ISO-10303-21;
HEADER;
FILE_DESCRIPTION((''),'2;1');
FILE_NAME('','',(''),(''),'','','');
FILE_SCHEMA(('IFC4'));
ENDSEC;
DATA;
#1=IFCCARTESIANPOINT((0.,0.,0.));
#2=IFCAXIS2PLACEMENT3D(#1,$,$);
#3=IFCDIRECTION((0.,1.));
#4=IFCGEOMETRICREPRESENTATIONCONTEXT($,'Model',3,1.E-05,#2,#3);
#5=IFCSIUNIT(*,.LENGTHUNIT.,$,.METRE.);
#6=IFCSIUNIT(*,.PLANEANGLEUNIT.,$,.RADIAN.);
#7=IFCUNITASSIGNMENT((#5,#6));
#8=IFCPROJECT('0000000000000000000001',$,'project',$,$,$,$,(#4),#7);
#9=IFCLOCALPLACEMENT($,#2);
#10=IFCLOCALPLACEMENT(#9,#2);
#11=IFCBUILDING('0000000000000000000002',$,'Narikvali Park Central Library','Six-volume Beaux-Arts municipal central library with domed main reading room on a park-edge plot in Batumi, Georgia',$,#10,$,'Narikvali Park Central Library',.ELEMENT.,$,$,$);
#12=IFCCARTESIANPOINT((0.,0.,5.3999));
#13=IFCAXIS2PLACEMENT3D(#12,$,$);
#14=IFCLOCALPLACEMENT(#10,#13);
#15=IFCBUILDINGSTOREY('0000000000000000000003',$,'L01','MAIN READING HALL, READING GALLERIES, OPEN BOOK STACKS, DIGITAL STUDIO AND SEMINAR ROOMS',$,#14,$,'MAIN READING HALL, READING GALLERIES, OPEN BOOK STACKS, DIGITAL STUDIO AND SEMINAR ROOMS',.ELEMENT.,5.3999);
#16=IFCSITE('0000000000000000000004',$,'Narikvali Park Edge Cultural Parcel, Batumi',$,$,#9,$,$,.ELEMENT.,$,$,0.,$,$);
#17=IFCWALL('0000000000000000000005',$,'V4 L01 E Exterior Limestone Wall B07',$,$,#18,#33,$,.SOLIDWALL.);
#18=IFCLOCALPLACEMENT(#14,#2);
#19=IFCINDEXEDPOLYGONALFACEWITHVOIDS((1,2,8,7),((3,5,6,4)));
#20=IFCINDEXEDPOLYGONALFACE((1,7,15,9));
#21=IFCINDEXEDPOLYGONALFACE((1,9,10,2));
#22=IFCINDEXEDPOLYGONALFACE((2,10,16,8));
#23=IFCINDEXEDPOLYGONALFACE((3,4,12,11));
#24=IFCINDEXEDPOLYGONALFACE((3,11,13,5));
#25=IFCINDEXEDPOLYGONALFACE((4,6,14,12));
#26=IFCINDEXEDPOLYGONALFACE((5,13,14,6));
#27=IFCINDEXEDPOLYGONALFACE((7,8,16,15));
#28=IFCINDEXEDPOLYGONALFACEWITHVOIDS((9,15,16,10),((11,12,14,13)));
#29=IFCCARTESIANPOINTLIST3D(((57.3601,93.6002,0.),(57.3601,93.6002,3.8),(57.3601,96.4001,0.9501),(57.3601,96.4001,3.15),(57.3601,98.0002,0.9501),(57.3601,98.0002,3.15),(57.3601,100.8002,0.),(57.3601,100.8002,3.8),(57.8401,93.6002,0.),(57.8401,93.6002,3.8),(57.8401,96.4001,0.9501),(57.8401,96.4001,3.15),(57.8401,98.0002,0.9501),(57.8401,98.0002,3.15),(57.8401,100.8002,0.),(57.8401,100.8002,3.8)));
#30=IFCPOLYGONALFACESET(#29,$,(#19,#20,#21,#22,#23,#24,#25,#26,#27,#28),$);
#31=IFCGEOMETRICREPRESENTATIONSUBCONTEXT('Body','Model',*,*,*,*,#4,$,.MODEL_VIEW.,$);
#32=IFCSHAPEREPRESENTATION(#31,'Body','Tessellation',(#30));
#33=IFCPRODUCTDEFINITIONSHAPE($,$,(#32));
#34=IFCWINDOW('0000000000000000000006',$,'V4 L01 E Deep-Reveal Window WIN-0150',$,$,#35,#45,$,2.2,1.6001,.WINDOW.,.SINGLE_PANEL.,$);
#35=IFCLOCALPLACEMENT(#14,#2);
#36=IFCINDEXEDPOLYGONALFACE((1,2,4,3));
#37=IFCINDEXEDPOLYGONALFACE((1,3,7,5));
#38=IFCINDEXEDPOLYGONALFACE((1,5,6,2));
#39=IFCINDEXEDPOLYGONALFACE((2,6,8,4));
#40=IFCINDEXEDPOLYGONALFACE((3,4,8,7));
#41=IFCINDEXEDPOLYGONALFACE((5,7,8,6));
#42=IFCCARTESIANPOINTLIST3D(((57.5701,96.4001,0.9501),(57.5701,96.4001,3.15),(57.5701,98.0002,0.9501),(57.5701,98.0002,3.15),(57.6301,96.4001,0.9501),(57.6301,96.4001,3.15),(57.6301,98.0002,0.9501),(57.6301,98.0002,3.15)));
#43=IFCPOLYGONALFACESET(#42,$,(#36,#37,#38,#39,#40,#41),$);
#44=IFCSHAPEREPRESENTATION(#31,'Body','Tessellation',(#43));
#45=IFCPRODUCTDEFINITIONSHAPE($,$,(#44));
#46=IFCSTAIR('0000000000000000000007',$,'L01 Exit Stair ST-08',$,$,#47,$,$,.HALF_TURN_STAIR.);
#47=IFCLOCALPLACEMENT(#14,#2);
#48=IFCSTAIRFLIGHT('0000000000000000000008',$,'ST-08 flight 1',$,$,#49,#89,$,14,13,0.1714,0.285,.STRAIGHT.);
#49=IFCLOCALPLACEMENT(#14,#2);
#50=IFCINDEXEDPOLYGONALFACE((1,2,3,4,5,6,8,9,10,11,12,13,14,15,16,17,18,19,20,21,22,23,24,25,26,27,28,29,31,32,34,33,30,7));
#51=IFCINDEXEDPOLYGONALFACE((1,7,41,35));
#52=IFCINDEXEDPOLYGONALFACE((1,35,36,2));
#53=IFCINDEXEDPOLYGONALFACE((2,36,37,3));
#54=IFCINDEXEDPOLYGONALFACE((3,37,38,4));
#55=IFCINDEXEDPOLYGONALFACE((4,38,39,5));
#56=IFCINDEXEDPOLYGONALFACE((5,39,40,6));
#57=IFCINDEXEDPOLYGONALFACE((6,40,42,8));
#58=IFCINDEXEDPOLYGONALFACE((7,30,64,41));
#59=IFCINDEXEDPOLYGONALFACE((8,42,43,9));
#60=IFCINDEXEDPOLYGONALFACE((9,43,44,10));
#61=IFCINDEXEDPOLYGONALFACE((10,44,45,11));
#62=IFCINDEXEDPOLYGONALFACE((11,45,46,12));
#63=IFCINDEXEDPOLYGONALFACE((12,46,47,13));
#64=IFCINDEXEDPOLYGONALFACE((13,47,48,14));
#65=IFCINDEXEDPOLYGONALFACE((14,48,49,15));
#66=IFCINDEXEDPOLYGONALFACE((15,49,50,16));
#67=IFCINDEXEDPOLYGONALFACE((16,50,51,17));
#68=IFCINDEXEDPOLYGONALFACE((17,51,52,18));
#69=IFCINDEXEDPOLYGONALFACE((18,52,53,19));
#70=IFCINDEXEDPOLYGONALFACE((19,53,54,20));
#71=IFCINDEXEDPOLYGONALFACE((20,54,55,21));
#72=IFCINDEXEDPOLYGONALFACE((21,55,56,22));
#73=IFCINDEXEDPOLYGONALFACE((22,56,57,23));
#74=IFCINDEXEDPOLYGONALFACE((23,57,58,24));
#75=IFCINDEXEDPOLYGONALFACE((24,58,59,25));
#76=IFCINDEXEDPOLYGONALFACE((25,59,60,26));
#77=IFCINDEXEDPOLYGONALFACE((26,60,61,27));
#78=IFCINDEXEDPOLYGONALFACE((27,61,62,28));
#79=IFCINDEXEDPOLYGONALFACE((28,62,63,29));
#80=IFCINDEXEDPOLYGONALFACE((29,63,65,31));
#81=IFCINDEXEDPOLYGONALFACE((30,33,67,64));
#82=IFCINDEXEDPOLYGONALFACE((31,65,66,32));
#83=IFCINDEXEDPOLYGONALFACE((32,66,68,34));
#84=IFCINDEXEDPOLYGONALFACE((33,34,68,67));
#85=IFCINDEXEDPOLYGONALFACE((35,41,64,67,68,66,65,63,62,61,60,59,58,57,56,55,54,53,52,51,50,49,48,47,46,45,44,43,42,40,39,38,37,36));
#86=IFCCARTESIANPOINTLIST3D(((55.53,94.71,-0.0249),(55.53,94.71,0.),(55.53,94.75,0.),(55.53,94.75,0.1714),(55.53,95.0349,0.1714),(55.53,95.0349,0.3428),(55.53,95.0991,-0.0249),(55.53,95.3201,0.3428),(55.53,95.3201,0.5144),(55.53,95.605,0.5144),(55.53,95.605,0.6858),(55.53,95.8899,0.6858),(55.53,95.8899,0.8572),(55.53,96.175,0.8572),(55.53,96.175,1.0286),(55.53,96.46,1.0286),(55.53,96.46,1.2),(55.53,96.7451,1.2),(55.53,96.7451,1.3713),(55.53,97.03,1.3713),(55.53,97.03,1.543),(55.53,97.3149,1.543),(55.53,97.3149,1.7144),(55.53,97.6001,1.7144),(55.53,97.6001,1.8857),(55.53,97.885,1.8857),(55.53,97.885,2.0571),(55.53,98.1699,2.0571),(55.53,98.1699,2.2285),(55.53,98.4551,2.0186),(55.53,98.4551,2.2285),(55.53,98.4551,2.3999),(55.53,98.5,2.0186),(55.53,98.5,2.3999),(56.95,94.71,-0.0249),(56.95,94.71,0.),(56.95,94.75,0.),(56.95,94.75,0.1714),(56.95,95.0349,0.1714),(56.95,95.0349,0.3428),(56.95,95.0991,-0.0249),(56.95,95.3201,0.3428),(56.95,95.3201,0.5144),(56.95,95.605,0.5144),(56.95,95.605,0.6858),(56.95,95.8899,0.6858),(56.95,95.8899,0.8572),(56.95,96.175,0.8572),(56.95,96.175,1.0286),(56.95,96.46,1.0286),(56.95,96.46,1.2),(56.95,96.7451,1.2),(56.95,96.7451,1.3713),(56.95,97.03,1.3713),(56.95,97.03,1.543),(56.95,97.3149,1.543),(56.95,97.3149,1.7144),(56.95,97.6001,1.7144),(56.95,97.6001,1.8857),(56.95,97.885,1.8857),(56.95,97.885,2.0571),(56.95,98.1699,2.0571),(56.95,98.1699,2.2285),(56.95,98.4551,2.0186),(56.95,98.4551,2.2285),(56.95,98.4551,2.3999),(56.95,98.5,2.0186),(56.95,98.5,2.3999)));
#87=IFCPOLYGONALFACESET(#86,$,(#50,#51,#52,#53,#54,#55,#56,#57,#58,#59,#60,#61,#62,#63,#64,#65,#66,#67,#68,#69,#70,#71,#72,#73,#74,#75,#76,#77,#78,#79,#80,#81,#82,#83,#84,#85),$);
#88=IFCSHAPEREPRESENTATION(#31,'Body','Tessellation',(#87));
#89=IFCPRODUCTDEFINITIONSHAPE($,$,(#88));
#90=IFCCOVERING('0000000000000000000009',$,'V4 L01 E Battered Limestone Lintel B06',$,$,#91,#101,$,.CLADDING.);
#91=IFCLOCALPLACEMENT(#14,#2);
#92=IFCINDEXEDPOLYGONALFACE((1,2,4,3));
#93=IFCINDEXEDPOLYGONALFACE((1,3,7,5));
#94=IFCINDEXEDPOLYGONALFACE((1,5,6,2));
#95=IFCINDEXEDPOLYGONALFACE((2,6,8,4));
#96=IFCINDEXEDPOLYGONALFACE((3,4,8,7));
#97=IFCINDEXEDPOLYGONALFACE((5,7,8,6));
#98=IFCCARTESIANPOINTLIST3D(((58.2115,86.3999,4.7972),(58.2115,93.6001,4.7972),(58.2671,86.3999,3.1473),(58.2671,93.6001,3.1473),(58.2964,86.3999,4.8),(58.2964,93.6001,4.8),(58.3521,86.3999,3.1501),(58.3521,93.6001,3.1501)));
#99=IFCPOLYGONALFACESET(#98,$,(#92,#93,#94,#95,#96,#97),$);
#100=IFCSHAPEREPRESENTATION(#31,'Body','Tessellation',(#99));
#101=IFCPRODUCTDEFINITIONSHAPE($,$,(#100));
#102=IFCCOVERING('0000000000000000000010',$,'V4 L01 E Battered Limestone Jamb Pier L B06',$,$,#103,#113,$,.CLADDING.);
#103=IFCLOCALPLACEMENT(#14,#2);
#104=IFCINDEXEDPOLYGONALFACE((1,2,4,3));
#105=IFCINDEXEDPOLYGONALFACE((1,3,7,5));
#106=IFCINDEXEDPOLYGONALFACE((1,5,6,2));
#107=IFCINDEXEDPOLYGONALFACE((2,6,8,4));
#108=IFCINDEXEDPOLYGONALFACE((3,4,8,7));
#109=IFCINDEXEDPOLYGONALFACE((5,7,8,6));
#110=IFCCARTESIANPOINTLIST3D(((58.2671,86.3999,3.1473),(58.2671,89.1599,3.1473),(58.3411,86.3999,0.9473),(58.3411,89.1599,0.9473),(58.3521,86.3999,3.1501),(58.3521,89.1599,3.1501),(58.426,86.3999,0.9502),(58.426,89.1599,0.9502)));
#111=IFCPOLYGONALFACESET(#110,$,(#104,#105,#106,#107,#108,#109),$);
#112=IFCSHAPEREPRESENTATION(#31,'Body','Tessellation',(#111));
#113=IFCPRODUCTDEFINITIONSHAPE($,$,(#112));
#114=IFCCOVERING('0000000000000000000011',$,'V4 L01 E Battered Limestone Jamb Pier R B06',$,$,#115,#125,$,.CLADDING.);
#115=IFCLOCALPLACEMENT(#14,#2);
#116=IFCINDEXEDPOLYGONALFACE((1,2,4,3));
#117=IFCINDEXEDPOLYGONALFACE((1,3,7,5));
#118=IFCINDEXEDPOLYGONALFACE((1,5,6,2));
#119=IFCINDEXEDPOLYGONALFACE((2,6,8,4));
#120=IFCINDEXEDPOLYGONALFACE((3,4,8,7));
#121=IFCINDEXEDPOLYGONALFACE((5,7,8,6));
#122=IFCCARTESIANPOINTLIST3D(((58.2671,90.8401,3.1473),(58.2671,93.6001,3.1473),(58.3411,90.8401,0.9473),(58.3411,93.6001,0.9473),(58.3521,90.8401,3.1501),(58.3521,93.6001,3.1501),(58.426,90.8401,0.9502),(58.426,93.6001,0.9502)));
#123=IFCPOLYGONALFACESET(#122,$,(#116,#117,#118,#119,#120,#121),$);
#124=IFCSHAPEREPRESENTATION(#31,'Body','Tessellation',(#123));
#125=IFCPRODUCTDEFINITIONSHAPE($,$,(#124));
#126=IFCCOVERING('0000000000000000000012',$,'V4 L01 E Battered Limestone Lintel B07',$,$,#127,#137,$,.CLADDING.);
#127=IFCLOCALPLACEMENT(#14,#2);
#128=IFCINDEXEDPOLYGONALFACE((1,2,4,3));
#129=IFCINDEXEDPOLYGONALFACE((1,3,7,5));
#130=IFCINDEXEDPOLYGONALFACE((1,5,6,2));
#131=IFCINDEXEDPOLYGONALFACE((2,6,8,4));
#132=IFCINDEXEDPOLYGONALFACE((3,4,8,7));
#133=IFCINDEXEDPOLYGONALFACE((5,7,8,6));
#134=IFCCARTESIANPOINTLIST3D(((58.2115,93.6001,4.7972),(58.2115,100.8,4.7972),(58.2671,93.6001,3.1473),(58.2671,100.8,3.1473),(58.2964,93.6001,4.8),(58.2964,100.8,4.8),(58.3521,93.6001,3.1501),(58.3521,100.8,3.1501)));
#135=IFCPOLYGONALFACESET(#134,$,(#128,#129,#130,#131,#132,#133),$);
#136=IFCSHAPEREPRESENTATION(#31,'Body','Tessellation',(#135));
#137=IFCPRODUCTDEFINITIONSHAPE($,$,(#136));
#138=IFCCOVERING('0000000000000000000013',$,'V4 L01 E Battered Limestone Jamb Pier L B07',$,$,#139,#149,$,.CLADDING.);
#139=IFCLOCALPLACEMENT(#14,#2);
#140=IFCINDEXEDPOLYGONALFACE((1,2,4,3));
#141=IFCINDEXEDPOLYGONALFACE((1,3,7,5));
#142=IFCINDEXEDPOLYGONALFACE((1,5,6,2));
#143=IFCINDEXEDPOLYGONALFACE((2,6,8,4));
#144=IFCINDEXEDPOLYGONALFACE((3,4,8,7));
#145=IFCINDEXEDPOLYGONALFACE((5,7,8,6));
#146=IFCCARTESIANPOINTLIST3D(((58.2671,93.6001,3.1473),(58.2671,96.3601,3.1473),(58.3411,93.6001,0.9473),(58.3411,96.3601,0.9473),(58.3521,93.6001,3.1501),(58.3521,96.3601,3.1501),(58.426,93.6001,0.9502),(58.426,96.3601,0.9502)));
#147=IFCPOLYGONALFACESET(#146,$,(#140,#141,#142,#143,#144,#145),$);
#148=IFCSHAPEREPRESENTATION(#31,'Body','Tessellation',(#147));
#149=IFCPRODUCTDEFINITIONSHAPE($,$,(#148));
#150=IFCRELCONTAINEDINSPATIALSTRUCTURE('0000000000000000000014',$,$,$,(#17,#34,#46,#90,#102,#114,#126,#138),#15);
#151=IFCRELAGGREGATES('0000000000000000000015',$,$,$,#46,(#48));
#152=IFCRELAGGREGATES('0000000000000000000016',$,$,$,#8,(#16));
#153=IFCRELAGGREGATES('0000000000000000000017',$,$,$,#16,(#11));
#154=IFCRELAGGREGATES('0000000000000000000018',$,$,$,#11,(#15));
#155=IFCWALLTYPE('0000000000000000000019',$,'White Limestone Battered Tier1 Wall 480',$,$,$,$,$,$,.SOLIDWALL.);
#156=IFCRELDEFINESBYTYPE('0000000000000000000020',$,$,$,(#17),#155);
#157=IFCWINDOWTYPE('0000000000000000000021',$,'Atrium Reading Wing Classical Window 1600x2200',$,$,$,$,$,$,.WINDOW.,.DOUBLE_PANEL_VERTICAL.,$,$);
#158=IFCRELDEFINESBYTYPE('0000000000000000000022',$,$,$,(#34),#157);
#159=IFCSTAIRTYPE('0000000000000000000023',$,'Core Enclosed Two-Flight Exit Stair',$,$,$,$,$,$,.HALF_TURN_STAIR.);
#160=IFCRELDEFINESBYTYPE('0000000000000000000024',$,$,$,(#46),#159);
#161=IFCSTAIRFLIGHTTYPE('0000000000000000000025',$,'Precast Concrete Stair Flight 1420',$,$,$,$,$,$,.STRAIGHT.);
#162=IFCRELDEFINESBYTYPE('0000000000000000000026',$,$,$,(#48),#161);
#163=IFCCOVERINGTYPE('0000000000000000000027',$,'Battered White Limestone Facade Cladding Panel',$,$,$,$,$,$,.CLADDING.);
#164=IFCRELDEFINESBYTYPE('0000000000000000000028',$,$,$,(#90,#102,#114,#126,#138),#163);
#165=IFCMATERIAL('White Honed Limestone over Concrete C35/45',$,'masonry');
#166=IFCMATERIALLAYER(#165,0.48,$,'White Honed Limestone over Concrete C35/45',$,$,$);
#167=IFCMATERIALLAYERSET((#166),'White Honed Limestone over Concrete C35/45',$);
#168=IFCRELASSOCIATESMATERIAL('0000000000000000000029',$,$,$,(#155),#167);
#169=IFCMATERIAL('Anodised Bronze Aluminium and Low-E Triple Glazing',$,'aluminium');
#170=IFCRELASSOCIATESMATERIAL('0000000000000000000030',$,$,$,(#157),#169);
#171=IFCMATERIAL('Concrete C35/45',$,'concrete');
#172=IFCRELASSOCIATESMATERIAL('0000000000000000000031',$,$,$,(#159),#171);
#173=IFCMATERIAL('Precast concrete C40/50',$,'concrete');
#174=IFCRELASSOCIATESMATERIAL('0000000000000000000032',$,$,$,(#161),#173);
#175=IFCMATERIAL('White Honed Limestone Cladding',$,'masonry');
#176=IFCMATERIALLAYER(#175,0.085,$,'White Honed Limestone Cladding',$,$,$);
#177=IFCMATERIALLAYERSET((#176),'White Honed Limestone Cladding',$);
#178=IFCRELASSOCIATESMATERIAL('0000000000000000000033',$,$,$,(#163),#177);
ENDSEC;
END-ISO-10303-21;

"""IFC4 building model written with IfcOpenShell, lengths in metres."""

from ifc_helpers import new_model, si_unit, direction, frame, frame_2d, origin, place, context, subcontext, project, spatial, polyline, rectangle, outline, extrude, material, layer, layer_set, type_object, element, fill, aggregate, save


model = new_model("IFC4")

# Units and contexts
model_context = context("Model", 3, precision=1e-05, world=origin(), true_north=direction((0.0, 1.0)))
body_context = subcontext(model_context, "Body", "Model", "MODEL_VIEW")
ifc_project = project(units=[si_unit("LENGTHUNIT", "METRE"), si_unit("PLANEANGLEUNIT", "RADIAN")], contexts=[model_context])

# Site, building, storey
site_placement = place(None, origin())
site = spatial("IfcSite", under=ifc_project, at=site_placement, Name="Narikvali Park Edge Cultural Parcel, Batumi", CompositionType="ELEMENT", RefElevation=0.0)
building_placement = place(site_placement, origin())
building = spatial("IfcBuilding", under=site, at=building_placement, Name="Narikvali Park Central Library", Description="Six-volume Beaux-Arts municipal central library with domed main reading room on a park-edge plot in Batumi, Georgia", LongName="Narikvali Park Central Library", CompositionType="ELEMENT")
storey_placement = place(building_placement, frame((0.0, 0.0, 5.3999)))
storey = spatial("IfcBuildingStorey", under=building, at=storey_placement, Name="L01", Description="MAIN READING HALL, READING GALLERIES, OPEN BOOK STACKS, DIGITAL STUDIO AND SEMINAR ROOMS", LongName="MAIN READING HALL, READING GALLERIES, OPEN BOOK STACKS, DIGITAL STUDIO AND SEMINAR ROOMS", CompositionType="ELEMENT", Elevation=5.3999)

# Wall, opening, window
ifc_material_1 = material(Name="White Honed Limestone over Concrete C35/45", Category="masonry")
ifc_layer_1 = layer(ifc_material_1, 0.48, Name="White Honed Limestone over Concrete C35/45")
ifc_layer_set_1 = layer_set([ifc_layer_1], Name="White Honed Limestone over Concrete C35/45")
wall_type_1 = type_object("IfcWallType", Name="White Limestone Battered Tier1 Wall 480", PredefinedType="SOLIDWALL", material=ifc_layer_set_1)
ifc_material_2 = material(Name="Anodised Bronze Aluminium and Low-E Triple Glazing", Category="aluminium")
window_type = type_object("IfcWindowType", Name="Atrium Reading Wing Classical Window 1600x2200", PartitioningType="DOUBLE_PANEL_VERTICAL", PredefinedType="WINDOW", material=ifc_material_2)
wall_1_placement = place(storey_placement, frame((57.6001, 93.6001, 0.0), z_axis=(0.0, 0.0, 1.0), x_axis=(0.0, 1.0, 0.0)))
wall_1 = element("IfcWall", 1, at=wall_1_placement, inside=storey, type_object=wall_type_1, Name="V4 L01 E Exterior Limestone Wall B07", PredefinedType="SOLIDWALL", context=body_context, shape_type="SweptSolid", body=[
    extrude(rectangle(XDim=7.2, YDim=0.48, at=frame_2d((3.6001, 0.0))), origin(), (0.0, 0.0, 1.0), 3.8),
])
opening_1_placement = place(wall_1_placement, frame((2.8, 0.0, 0.95)))
opening_1 = element("IfcOpeningElement", 2, at=opening_1_placement, cuts=wall_1, PredefinedType="OPENING", context=body_context, shape_type="SweptSolid", body=[
    extrude(rectangle(XDim=1.6001, YDim=2.2, at=frame_2d((0.8, 1.1001))), frame((0.0, 0.252, 0.0), z_axis=(0.0, -1.0, 0.0), x_axis=(1.0, 0.0, 0.0)), (0.0, 0.0, 1.0), 0.5039),
])
window_1_placement = place(opening_1_placement, origin())
window_1 = element("IfcWindow", 3, at=window_1_placement, inside=storey, type_object=window_type, Name="V4 L01 E Deep-Reveal Window WIN-0150", OverallHeight=2.2, OverallWidth=1.6001, PartitioningType="SINGLE_PANEL", PredefinedType="WINDOW", context=body_context, shape_type="SweptSolid", body=[
    extrude(rectangle(XDim=1.6001, YDim=2.2, at=frame_2d((0.8, 1.1001))), frame((0.0, 0.03, 0.0), z_axis=(0.0, -1.0, 0.0), x_axis=(1.0, 0.0, 0.0)), (0.0, 0.0, 1.0), 0.0601),
])
fill(opening_1, window_1)

# Stair, stair flight
ifc_material_3 = material(Name="Concrete C35/45", Category="concrete")
stair_type = type_object("IfcStairType", Name="Core Enclosed Two-Flight Exit Stair", PredefinedType="HALF_TURN_STAIR", material=ifc_material_3)
stair_placement = place(storey_placement, origin())
stair = element("IfcStair", 4, at=stair_placement, inside=storey, type_object=stair_type, Name="L01 Exit Stair ST-08", PredefinedType="HALF_TURN_STAIR")
ifc_material_4 = material(Name="Precast concrete C40/50", Category="concrete")
stair_flight_type = type_object("IfcStairFlightType", Name="Precast Concrete Stair Flight 1420", PredefinedType="STRAIGHT", material=ifc_material_4)
stair_flight_placement = place(storey_placement, frame((56.24, 94.75, 0.0), z_axis=(0.0, 0.0, 1.0), x_axis=(0.0, 1.0, 0.0)))
stair_flight = element("IfcStairFlight", 5, at=stair_flight_placement, type_object=stair_flight_type, Name="ST-08 flight 1", NumberOfRisers=14, NumberOfTreads=13, PredefinedType="STRAIGHT", RiserHeight=0.1714, TreadLength=0.285, context=body_context, shape_type="SweptSolid", body=[
    extrude(outline(polyline([(-0.04, -0.0249), (-0.04, 0.0), (0.0, 0.0), (0.0, 0.1714), (0.2849, 0.1714), (0.2849, 0.3428), (0.5701, 0.3428), (0.5701, 0.5144), (0.855, 0.5144), (0.855, 0.6858), (1.1399, 0.6858), (1.1399, 0.8572), (1.425, 0.8572), (1.425, 1.0286), (1.71, 1.0286), (1.71, 1.2), (1.9951, 1.2), (1.9951, 1.3713), (2.28, 1.3713), (2.28, 1.543), (2.5649, 1.543), (2.5649, 1.7144), (2.8501, 1.7144), (2.8501, 1.8857), (3.135, 1.8857), (3.135, 2.0571), (3.4199, 2.0571), (3.4199, 2.2285), (3.7051, 2.2285), (3.7051, 2.3999), (3.75, 2.3999), (3.75, 2.0186), (3.7051, 2.0186), (0.3491, -0.0249), (-0.04, -0.0249)])), frame((0.0, 0.71, 0.0), z_axis=(0.0, -1.0, 0.0), x_axis=(1.0, 0.0, 0.0)), (0.0, 0.0, 1.0), 1.4199),
])
aggregate(stair, [stair_flight])

# Coverings
ifc_material_5 = material(Name="White Honed Limestone Cladding", Category="masonry")
ifc_layer_2 = layer(ifc_material_5, 0.085, Name="White Honed Limestone Cladding")
ifc_layer_set_2 = layer_set([ifc_layer_2], Name="White Honed Limestone Cladding")
covering_type = type_object("IfcCoveringType", Name="Battered White Limestone Facade Cladding Panel", PredefinedType="CLADDING", material=ifc_layer_set_2)
covering_1_placement = place(storey_placement, frame((58.3521, 86.3999, 3.1501), z_axis=(0.999431, 0.0, 0.033719), x_axis=(0.0, 1.0, 0.0)))
element("IfcCovering", 6, at=covering_1_placement, inside=storey, type_object=covering_type, Name="V4 L01 E Battered Limestone Lintel B06", PredefinedType="CLADDING", context=body_context, shape_type="SweptSolid", body=[
    extrude(outline(polyline([(0.0, 0.0), (7.2002, 0.0), (7.2002, 1.6508), (0.0, 1.6508), (0.0, 0.0)])), origin(), (0.0, 0.0, -1.0), 0.085),
])
for number, where, z_axis, x_axis, name in (
    (7, (58.426, 86.3999, 0.9502), (0.999435, 0.0, 0.033607), (0.0, 1.0, 0.0), "V4 L01 E Battered Limestone Jamb Pier L B06"),
    (8, (58.426, 90.8401, 0.9502), (0.999435, 0.0, 0.033607), (0.0, 1.0, 0.0), "V4 L01 E Battered Limestone Jamb Pier R B06"),
):
    element("IfcCovering", number, at=place(storey_placement, frame(where, z_axis=z_axis, x_axis=x_axis)), inside=storey, type_object=covering_type, Name=name, PredefinedType="CLADDING", context=body_context, shape_type="SweptSolid", body=[
        extrude(outline(polyline([(0.0, 0.0), (2.76, 0.0), (2.76, 2.2012), (0.0, 2.2012), (0.0, 0.0)])), origin(), (0.0, 0.0, -1.0), 0.085),
    ])
covering_2_placement = place(storey_placement, frame((58.3521, 93.6001, 3.1501), z_axis=(0.999431, 0.0, 0.033719), x_axis=(0.0, 1.0, 0.0)))
element("IfcCovering", 9, at=covering_2_placement, inside=storey, type_object=covering_type, Name="V4 L01 E Battered Limestone Lintel B07", PredefinedType="CLADDING", context=body_context, shape_type="SweptSolid", body=[
    extrude(outline(polyline([(0.0, 0.0), (7.2, 0.0), (7.2, 1.6508), (0.0, 1.6508), (0.0, 0.0)])), origin(), (0.0, 0.0, -1.0), 0.085),
])
covering_3_placement = place(storey_placement, frame((58.426, 93.6001, 0.9502), z_axis=(0.999435, 0.0, 0.033607), x_axis=(0.0, 1.0, 0.0)))
element("IfcCovering", 10, at=covering_3_placement, inside=storey, type_object=covering_type, Name="V4 L01 E Battered Limestone Jamb Pier L B07", PredefinedType="CLADDING", context=body_context, shape_type="SweptSolid", body=[
    extrude(outline(polyline([(0.0, 0.0), (2.76, 0.0), (2.76, 2.2012), (0.0, 2.2012), (0.0, 0.0)])), origin(), (0.0, 0.0, -1.0), 0.085),
])

save(model, "model.ifc")
